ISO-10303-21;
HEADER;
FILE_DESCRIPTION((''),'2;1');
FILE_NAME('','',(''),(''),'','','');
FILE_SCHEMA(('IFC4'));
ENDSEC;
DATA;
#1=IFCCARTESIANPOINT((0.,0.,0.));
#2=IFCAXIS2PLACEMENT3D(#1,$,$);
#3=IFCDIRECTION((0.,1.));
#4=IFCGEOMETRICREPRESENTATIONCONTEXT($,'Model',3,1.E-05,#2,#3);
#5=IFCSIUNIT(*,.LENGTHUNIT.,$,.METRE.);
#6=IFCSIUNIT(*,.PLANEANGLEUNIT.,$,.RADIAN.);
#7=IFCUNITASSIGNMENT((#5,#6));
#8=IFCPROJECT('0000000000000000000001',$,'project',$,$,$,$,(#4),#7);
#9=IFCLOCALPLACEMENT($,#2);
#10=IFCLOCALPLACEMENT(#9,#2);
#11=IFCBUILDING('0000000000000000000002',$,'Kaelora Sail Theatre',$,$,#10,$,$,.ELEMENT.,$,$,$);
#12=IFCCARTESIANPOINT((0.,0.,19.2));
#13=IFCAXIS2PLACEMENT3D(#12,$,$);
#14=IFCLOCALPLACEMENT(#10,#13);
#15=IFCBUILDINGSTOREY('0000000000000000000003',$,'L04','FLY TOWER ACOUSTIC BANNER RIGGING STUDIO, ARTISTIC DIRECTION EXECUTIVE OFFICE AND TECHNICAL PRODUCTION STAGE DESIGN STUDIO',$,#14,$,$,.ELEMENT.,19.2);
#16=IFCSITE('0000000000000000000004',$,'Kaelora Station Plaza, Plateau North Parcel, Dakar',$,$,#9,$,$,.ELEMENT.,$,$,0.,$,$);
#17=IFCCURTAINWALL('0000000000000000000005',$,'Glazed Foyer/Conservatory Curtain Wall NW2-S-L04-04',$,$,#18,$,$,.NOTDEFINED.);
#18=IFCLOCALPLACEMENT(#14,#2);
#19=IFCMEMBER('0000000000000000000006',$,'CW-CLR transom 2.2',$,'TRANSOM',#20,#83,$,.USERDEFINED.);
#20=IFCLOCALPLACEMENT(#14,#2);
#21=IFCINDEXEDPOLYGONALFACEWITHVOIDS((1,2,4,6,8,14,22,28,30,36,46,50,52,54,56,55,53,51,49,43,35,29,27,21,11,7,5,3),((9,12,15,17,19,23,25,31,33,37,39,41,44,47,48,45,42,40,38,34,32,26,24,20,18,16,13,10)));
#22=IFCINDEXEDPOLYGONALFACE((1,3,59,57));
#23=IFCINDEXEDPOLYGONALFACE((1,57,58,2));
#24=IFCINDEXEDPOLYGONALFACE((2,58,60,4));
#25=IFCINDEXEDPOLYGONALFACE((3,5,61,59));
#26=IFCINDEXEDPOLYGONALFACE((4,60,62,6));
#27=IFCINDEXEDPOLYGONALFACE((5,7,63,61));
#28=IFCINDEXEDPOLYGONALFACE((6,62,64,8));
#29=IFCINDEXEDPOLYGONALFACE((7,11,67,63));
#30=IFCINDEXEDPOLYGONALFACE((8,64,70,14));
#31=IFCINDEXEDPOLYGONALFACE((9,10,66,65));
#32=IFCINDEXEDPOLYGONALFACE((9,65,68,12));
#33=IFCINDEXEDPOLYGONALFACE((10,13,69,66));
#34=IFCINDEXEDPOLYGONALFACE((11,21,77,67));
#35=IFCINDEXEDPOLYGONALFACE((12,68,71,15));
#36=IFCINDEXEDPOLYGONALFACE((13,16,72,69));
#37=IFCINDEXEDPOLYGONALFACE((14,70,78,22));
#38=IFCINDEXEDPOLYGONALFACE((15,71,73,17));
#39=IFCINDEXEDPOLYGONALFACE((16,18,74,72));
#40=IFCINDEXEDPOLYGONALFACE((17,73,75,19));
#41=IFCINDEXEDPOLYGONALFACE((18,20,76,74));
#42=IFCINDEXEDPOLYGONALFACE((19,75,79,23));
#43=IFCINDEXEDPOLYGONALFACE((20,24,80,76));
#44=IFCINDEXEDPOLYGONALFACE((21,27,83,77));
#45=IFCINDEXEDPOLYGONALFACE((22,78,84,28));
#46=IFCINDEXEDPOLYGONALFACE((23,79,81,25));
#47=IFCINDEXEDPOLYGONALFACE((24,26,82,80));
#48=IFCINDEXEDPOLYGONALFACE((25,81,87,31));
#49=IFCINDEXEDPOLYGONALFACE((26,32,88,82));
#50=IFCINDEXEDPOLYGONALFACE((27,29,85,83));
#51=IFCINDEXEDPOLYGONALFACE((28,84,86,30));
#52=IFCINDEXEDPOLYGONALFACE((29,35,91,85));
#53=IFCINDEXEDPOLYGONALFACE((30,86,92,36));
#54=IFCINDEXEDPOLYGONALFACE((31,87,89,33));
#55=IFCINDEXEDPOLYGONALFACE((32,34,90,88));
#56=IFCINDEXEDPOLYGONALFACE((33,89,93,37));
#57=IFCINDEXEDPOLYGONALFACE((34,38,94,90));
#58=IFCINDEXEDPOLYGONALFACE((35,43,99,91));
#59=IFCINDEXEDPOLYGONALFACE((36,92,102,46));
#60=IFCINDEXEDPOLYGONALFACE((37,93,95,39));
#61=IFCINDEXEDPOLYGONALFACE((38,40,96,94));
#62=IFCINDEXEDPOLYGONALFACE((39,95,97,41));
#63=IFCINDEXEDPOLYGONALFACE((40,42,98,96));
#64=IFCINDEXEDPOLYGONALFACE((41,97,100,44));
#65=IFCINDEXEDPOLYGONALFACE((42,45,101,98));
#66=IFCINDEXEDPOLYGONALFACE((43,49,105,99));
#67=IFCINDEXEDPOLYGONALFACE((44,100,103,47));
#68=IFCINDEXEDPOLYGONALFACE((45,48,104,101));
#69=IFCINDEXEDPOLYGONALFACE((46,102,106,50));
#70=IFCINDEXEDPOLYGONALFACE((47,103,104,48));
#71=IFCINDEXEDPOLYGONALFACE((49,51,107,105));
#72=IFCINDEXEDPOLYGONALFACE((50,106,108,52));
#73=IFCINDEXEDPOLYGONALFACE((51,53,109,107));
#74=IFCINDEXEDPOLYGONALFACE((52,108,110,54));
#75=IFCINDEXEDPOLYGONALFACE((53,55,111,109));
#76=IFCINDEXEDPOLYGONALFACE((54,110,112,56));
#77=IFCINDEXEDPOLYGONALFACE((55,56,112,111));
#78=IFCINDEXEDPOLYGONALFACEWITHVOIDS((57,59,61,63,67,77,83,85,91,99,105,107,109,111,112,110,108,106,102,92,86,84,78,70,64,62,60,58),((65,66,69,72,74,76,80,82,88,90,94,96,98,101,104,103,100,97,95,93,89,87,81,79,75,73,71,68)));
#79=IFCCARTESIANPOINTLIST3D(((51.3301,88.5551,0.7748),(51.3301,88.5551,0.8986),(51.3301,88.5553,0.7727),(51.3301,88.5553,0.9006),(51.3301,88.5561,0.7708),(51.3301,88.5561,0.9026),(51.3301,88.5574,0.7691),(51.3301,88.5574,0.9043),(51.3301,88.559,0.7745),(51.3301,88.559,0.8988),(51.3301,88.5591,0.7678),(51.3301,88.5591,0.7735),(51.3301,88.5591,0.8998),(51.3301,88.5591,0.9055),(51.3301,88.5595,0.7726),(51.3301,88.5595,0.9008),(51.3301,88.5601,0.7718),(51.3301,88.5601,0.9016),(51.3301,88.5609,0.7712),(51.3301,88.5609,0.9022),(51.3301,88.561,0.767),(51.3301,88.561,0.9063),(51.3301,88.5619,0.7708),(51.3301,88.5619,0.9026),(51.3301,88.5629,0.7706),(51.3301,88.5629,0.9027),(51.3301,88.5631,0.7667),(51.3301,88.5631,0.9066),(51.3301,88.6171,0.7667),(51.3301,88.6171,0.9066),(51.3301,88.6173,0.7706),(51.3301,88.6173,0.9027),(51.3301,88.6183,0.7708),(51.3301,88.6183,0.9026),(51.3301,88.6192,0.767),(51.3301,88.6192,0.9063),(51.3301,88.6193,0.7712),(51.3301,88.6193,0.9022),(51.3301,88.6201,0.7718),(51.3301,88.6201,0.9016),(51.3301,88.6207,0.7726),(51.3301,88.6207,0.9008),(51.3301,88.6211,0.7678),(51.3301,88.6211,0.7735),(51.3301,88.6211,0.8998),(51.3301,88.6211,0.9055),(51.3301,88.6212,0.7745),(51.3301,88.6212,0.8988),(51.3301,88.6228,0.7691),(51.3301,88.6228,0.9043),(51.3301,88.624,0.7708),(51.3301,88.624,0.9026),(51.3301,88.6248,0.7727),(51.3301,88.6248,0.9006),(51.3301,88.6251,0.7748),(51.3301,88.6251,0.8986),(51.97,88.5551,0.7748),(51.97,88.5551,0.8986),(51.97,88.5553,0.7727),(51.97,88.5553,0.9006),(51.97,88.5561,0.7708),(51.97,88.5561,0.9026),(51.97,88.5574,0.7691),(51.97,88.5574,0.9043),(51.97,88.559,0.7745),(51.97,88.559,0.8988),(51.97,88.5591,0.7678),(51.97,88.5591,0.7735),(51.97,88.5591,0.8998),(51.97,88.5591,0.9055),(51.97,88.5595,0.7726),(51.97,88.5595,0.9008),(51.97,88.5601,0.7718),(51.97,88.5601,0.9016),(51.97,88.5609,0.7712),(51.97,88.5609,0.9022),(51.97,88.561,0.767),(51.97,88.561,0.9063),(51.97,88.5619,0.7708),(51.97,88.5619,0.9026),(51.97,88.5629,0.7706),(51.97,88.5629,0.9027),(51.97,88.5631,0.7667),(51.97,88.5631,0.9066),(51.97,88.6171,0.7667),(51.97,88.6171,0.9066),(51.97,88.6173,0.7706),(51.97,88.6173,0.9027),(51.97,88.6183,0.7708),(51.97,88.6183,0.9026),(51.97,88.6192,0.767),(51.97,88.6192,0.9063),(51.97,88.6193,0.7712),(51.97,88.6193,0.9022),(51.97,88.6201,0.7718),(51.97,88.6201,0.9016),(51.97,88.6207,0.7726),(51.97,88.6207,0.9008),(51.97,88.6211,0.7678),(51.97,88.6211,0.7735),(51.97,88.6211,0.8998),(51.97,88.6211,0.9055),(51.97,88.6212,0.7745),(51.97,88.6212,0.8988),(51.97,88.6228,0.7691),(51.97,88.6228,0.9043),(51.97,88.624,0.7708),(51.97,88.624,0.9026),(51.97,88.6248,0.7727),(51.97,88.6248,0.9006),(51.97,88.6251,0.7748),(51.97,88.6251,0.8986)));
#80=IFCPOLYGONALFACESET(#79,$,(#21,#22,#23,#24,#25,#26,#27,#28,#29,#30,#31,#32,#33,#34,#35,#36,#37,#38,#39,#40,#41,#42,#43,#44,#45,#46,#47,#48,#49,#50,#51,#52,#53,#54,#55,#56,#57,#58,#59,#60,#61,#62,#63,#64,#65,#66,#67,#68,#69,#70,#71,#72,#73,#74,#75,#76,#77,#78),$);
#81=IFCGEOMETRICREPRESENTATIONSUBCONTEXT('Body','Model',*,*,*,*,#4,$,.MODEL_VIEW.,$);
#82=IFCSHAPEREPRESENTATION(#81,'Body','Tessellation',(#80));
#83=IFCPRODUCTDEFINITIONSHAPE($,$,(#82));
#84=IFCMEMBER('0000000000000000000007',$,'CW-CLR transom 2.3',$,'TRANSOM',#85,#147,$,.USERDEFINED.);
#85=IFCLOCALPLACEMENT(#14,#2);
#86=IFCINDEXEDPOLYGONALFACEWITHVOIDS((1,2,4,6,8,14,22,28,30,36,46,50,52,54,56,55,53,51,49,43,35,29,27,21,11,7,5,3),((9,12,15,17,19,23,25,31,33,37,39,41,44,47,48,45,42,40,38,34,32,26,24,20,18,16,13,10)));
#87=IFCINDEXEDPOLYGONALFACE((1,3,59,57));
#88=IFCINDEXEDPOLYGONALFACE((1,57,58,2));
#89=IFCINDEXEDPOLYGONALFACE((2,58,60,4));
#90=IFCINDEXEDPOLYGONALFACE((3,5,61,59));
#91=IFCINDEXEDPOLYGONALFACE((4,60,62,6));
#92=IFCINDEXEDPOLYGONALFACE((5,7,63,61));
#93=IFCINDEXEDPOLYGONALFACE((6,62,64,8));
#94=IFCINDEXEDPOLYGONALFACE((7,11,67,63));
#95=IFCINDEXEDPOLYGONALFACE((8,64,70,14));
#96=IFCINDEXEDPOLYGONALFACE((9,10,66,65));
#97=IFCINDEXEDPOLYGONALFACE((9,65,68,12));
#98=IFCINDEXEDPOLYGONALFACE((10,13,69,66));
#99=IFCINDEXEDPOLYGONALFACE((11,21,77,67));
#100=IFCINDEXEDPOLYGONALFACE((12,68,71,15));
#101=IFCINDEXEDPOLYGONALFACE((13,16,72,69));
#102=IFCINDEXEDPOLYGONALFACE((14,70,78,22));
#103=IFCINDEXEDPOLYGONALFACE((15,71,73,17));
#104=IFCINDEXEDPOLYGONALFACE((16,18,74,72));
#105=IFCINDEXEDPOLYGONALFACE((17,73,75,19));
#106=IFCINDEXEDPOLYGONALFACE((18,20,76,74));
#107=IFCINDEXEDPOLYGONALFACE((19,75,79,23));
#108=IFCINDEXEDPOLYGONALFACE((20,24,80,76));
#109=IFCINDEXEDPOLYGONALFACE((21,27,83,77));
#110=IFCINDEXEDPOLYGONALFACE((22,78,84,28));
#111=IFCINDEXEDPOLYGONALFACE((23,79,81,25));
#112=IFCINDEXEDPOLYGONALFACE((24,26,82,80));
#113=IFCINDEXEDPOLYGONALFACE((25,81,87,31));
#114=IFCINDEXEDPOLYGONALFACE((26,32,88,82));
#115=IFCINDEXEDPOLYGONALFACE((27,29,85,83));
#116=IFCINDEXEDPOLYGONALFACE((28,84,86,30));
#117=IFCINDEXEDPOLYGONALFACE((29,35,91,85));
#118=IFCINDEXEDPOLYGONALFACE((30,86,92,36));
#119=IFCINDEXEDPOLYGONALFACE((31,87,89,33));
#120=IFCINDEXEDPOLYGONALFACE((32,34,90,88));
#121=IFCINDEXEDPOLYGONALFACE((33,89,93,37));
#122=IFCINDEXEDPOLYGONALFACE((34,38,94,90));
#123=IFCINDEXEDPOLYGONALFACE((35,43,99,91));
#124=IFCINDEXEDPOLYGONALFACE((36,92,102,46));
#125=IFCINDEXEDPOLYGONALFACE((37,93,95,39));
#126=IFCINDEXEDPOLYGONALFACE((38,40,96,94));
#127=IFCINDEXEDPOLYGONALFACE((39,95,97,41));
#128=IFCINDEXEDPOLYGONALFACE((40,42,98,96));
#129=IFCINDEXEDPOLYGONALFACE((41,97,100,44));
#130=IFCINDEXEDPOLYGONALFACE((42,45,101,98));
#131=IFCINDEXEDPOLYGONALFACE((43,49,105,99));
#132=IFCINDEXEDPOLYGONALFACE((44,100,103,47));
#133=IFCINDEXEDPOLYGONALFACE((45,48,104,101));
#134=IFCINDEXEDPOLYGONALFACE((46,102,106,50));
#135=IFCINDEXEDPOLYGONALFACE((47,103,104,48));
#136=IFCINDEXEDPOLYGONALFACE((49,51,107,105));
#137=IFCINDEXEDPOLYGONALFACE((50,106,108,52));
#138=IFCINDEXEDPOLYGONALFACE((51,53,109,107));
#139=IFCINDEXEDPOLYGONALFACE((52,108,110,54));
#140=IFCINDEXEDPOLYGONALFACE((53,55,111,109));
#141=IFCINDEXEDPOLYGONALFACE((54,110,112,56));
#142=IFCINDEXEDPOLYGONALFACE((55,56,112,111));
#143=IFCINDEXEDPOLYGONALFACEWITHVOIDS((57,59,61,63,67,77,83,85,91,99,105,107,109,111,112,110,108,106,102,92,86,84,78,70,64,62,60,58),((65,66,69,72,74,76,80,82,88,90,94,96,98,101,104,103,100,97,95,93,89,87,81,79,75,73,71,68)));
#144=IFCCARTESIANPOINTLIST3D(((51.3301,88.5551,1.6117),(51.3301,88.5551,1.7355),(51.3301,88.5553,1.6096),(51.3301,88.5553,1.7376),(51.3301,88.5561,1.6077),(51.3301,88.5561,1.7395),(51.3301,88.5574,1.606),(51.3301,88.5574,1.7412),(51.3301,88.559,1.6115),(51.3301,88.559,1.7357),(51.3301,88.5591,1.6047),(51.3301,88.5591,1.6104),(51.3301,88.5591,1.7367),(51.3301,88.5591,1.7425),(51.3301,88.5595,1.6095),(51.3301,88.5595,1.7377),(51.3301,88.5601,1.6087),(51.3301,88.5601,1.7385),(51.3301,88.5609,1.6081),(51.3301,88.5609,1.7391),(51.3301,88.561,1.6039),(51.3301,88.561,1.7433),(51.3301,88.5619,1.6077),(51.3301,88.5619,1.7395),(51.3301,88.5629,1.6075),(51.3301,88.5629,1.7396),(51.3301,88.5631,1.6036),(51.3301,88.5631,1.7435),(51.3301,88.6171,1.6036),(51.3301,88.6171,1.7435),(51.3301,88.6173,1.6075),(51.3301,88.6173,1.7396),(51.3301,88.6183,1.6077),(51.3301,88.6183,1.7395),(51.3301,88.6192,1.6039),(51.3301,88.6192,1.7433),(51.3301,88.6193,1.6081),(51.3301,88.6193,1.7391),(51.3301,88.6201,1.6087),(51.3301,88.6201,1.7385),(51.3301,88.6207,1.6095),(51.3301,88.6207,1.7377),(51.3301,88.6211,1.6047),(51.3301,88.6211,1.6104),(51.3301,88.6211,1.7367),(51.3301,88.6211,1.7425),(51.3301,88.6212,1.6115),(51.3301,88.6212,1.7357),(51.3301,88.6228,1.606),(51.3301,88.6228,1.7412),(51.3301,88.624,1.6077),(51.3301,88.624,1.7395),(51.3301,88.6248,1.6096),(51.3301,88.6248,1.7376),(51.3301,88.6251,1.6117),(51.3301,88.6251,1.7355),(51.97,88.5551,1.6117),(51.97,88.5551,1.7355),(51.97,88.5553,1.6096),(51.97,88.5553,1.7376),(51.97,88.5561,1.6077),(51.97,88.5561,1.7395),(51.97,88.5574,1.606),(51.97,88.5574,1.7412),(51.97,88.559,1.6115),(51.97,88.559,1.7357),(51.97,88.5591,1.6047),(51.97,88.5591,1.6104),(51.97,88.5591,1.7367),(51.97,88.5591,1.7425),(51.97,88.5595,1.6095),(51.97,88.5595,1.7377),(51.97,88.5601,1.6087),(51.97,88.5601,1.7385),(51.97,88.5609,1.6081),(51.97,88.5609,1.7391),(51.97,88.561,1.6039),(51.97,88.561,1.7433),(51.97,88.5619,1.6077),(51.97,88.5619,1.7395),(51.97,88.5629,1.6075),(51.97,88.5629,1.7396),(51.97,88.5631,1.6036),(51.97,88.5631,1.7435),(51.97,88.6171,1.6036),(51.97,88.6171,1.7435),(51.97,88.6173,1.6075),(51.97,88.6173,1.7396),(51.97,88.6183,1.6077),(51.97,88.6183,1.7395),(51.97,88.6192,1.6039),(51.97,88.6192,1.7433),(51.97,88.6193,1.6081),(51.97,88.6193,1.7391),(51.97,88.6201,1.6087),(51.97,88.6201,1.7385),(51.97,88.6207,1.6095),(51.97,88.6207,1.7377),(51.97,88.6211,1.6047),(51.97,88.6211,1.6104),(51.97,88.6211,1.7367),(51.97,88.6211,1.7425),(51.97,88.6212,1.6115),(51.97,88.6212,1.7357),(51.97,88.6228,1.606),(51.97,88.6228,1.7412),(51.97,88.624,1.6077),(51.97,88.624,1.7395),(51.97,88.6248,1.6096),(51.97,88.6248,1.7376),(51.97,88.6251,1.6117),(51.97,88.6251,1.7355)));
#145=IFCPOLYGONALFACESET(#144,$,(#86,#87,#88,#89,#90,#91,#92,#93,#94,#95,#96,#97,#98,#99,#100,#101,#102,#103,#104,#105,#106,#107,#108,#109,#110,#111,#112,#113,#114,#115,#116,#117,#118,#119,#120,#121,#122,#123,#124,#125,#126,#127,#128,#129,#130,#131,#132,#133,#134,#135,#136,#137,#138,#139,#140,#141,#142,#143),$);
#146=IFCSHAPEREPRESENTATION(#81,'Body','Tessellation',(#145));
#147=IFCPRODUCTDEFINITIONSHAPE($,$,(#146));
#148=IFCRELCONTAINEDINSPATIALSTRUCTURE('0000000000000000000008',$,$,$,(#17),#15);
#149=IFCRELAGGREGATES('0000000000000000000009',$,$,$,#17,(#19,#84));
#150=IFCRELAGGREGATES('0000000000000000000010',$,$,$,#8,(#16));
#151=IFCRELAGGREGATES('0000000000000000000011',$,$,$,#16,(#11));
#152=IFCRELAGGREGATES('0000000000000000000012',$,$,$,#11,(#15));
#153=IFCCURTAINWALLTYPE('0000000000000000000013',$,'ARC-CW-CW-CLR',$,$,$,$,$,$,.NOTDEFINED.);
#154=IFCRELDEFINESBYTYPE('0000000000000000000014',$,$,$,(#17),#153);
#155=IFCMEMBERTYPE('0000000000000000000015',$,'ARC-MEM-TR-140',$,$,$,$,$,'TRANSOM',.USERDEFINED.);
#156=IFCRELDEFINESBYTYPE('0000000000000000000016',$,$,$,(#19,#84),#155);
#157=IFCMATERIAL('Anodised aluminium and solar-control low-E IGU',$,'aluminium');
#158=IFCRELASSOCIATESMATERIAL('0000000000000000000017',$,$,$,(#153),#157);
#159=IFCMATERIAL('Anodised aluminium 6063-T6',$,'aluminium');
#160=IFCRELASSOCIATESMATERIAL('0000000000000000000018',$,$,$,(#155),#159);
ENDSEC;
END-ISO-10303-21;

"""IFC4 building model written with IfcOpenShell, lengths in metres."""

from ifc_helpers import new_model, si_unit, direction, frame, origin, origin_2d, place, context, subcontext, project, spatial, hollow_rectangle, extrude, material, material_profile, profile_set, type_object, element, aggregate, save


model = new_model("IFC4")

# Units and contexts
model_context = context("Model", 3, precision=1e-05, world=origin(), true_north=direction((0.0, 1.0)))
body_context = subcontext(model_context, "Body", "Model", "MODEL_VIEW")
ifc_project = project(units=[si_unit("LENGTHUNIT", "METRE"), si_unit("PLANEANGLEUNIT", "RADIAN")], contexts=[model_context])

# Site, building, storey
site_placement = place(None, origin())
site = spatial("IfcSite", under=ifc_project, at=site_placement, Name="Kaelora Station Plaza, Plateau North Parcel, Dakar", CompositionType="ELEMENT", RefElevation=0.0)
building_placement = place(site_placement, origin())
building = spatial("IfcBuilding", under=site, at=building_placement, Name="Kaelora Sail Theatre", CompositionType="ELEMENT")
storey_placement = place(building_placement, frame((0.0, 0.0, 19.2)))
storey = spatial("IfcBuildingStorey", under=building, at=storey_placement, Name="L04", Description="FLY TOWER ACOUSTIC BANNER RIGGING STUDIO, ARTISTIC DIRECTION EXECUTIVE OFFICE AND TECHNICAL PRODUCTION STAGE DESIGN STUDIO", CompositionType="ELEMENT", Elevation=19.2)

# Curtain wall, members
ifc_material_1 = material(Name="Anodised aluminium and solar-control low-E IGU", Category="aluminium")
curtain_wall_type = type_object("IfcCurtainWallType", Name="ARC-CW-CW-CLR", PredefinedType="NOTDEFINED", material=ifc_material_1)
curtain_wall_placement = place(storey_placement, origin())
curtain_wall = element("IfcCurtainWall", 1, at=curtain_wall_placement, inside=storey, type_object=curtain_wall_type, Name="Glazed Foyer/Conservatory Curtain Wall NW2-S-L04-04", PredefinedType="NOTDEFINED")
ifc_material_2 = material(Name="Anodised aluminium 6063-T6", Category="aluminium")
ifc_material_profile_1 = material_profile(ifc_material_2, hollow_rectangle(XDim=0.0701, YDim=0.1399, WallThickness=0.0039, InnerFilletRadius=0.0039, OuterFilletRadius=0.0081, at=origin_2d()), Name="ALU-TRAN 70x140x4")
ifc_profile_set_1 = profile_set([ifc_material_profile_1], Name="Anodised aluminium 6063-T6")
member_type_1 = type_object("IfcMemberType", Name="ARC-MEM-TR-140", ElementType="TRANSOM", PredefinedType="USERDEFINED", material=ifc_profile_set_1)
member_1_placement = place(storey_placement, frame((51.3301, 88.5901, 0.8367), z_axis=(1.0, 0.0, 0.0), x_axis=(0.0, 1.0, 0.0)))
member_1 = element("IfcMember", 2, at=member_1_placement, type_object=member_type_1, Name="CW-CLR transom 2.2", ObjectType="TRANSOM", PredefinedType="USERDEFINED", context=body_context, shape_type="SweptSolid", body=[
    extrude(hollow_rectangle(XDim=0.0701, YDim=0.1399, WallThickness=0.0039, InnerFilletRadius=0.0039, OuterFilletRadius=0.0081, at=origin_2d()), origin(), (0.0, 0.0, 1.0), 0.6399),
])
member_2_placement = place(storey_placement, frame((51.3301, 88.5901, 1.6736), z_axis=(1.0, 0.0, 0.0), x_axis=(0.0, 1.0, 0.0)))
member_2 = element("IfcMember", 3, at=member_2_placement, type_object=member_type_1, Name="CW-CLR transom 2.3", ObjectType="TRANSOM", PredefinedType="USERDEFINED", context=body_context, shape_type="SweptSolid", body=[
    extrude(hollow_rectangle(XDim=0.0701, YDim=0.1399, WallThickness=0.0039, InnerFilletRadius=0.0039, OuterFilletRadius=0.0081, at=origin_2d()), origin(), (0.0, 0.0, 1.0), 0.6399),
])

aggregate(curtain_wall, [member_1, member_2])

save(model, "model.ifc")
